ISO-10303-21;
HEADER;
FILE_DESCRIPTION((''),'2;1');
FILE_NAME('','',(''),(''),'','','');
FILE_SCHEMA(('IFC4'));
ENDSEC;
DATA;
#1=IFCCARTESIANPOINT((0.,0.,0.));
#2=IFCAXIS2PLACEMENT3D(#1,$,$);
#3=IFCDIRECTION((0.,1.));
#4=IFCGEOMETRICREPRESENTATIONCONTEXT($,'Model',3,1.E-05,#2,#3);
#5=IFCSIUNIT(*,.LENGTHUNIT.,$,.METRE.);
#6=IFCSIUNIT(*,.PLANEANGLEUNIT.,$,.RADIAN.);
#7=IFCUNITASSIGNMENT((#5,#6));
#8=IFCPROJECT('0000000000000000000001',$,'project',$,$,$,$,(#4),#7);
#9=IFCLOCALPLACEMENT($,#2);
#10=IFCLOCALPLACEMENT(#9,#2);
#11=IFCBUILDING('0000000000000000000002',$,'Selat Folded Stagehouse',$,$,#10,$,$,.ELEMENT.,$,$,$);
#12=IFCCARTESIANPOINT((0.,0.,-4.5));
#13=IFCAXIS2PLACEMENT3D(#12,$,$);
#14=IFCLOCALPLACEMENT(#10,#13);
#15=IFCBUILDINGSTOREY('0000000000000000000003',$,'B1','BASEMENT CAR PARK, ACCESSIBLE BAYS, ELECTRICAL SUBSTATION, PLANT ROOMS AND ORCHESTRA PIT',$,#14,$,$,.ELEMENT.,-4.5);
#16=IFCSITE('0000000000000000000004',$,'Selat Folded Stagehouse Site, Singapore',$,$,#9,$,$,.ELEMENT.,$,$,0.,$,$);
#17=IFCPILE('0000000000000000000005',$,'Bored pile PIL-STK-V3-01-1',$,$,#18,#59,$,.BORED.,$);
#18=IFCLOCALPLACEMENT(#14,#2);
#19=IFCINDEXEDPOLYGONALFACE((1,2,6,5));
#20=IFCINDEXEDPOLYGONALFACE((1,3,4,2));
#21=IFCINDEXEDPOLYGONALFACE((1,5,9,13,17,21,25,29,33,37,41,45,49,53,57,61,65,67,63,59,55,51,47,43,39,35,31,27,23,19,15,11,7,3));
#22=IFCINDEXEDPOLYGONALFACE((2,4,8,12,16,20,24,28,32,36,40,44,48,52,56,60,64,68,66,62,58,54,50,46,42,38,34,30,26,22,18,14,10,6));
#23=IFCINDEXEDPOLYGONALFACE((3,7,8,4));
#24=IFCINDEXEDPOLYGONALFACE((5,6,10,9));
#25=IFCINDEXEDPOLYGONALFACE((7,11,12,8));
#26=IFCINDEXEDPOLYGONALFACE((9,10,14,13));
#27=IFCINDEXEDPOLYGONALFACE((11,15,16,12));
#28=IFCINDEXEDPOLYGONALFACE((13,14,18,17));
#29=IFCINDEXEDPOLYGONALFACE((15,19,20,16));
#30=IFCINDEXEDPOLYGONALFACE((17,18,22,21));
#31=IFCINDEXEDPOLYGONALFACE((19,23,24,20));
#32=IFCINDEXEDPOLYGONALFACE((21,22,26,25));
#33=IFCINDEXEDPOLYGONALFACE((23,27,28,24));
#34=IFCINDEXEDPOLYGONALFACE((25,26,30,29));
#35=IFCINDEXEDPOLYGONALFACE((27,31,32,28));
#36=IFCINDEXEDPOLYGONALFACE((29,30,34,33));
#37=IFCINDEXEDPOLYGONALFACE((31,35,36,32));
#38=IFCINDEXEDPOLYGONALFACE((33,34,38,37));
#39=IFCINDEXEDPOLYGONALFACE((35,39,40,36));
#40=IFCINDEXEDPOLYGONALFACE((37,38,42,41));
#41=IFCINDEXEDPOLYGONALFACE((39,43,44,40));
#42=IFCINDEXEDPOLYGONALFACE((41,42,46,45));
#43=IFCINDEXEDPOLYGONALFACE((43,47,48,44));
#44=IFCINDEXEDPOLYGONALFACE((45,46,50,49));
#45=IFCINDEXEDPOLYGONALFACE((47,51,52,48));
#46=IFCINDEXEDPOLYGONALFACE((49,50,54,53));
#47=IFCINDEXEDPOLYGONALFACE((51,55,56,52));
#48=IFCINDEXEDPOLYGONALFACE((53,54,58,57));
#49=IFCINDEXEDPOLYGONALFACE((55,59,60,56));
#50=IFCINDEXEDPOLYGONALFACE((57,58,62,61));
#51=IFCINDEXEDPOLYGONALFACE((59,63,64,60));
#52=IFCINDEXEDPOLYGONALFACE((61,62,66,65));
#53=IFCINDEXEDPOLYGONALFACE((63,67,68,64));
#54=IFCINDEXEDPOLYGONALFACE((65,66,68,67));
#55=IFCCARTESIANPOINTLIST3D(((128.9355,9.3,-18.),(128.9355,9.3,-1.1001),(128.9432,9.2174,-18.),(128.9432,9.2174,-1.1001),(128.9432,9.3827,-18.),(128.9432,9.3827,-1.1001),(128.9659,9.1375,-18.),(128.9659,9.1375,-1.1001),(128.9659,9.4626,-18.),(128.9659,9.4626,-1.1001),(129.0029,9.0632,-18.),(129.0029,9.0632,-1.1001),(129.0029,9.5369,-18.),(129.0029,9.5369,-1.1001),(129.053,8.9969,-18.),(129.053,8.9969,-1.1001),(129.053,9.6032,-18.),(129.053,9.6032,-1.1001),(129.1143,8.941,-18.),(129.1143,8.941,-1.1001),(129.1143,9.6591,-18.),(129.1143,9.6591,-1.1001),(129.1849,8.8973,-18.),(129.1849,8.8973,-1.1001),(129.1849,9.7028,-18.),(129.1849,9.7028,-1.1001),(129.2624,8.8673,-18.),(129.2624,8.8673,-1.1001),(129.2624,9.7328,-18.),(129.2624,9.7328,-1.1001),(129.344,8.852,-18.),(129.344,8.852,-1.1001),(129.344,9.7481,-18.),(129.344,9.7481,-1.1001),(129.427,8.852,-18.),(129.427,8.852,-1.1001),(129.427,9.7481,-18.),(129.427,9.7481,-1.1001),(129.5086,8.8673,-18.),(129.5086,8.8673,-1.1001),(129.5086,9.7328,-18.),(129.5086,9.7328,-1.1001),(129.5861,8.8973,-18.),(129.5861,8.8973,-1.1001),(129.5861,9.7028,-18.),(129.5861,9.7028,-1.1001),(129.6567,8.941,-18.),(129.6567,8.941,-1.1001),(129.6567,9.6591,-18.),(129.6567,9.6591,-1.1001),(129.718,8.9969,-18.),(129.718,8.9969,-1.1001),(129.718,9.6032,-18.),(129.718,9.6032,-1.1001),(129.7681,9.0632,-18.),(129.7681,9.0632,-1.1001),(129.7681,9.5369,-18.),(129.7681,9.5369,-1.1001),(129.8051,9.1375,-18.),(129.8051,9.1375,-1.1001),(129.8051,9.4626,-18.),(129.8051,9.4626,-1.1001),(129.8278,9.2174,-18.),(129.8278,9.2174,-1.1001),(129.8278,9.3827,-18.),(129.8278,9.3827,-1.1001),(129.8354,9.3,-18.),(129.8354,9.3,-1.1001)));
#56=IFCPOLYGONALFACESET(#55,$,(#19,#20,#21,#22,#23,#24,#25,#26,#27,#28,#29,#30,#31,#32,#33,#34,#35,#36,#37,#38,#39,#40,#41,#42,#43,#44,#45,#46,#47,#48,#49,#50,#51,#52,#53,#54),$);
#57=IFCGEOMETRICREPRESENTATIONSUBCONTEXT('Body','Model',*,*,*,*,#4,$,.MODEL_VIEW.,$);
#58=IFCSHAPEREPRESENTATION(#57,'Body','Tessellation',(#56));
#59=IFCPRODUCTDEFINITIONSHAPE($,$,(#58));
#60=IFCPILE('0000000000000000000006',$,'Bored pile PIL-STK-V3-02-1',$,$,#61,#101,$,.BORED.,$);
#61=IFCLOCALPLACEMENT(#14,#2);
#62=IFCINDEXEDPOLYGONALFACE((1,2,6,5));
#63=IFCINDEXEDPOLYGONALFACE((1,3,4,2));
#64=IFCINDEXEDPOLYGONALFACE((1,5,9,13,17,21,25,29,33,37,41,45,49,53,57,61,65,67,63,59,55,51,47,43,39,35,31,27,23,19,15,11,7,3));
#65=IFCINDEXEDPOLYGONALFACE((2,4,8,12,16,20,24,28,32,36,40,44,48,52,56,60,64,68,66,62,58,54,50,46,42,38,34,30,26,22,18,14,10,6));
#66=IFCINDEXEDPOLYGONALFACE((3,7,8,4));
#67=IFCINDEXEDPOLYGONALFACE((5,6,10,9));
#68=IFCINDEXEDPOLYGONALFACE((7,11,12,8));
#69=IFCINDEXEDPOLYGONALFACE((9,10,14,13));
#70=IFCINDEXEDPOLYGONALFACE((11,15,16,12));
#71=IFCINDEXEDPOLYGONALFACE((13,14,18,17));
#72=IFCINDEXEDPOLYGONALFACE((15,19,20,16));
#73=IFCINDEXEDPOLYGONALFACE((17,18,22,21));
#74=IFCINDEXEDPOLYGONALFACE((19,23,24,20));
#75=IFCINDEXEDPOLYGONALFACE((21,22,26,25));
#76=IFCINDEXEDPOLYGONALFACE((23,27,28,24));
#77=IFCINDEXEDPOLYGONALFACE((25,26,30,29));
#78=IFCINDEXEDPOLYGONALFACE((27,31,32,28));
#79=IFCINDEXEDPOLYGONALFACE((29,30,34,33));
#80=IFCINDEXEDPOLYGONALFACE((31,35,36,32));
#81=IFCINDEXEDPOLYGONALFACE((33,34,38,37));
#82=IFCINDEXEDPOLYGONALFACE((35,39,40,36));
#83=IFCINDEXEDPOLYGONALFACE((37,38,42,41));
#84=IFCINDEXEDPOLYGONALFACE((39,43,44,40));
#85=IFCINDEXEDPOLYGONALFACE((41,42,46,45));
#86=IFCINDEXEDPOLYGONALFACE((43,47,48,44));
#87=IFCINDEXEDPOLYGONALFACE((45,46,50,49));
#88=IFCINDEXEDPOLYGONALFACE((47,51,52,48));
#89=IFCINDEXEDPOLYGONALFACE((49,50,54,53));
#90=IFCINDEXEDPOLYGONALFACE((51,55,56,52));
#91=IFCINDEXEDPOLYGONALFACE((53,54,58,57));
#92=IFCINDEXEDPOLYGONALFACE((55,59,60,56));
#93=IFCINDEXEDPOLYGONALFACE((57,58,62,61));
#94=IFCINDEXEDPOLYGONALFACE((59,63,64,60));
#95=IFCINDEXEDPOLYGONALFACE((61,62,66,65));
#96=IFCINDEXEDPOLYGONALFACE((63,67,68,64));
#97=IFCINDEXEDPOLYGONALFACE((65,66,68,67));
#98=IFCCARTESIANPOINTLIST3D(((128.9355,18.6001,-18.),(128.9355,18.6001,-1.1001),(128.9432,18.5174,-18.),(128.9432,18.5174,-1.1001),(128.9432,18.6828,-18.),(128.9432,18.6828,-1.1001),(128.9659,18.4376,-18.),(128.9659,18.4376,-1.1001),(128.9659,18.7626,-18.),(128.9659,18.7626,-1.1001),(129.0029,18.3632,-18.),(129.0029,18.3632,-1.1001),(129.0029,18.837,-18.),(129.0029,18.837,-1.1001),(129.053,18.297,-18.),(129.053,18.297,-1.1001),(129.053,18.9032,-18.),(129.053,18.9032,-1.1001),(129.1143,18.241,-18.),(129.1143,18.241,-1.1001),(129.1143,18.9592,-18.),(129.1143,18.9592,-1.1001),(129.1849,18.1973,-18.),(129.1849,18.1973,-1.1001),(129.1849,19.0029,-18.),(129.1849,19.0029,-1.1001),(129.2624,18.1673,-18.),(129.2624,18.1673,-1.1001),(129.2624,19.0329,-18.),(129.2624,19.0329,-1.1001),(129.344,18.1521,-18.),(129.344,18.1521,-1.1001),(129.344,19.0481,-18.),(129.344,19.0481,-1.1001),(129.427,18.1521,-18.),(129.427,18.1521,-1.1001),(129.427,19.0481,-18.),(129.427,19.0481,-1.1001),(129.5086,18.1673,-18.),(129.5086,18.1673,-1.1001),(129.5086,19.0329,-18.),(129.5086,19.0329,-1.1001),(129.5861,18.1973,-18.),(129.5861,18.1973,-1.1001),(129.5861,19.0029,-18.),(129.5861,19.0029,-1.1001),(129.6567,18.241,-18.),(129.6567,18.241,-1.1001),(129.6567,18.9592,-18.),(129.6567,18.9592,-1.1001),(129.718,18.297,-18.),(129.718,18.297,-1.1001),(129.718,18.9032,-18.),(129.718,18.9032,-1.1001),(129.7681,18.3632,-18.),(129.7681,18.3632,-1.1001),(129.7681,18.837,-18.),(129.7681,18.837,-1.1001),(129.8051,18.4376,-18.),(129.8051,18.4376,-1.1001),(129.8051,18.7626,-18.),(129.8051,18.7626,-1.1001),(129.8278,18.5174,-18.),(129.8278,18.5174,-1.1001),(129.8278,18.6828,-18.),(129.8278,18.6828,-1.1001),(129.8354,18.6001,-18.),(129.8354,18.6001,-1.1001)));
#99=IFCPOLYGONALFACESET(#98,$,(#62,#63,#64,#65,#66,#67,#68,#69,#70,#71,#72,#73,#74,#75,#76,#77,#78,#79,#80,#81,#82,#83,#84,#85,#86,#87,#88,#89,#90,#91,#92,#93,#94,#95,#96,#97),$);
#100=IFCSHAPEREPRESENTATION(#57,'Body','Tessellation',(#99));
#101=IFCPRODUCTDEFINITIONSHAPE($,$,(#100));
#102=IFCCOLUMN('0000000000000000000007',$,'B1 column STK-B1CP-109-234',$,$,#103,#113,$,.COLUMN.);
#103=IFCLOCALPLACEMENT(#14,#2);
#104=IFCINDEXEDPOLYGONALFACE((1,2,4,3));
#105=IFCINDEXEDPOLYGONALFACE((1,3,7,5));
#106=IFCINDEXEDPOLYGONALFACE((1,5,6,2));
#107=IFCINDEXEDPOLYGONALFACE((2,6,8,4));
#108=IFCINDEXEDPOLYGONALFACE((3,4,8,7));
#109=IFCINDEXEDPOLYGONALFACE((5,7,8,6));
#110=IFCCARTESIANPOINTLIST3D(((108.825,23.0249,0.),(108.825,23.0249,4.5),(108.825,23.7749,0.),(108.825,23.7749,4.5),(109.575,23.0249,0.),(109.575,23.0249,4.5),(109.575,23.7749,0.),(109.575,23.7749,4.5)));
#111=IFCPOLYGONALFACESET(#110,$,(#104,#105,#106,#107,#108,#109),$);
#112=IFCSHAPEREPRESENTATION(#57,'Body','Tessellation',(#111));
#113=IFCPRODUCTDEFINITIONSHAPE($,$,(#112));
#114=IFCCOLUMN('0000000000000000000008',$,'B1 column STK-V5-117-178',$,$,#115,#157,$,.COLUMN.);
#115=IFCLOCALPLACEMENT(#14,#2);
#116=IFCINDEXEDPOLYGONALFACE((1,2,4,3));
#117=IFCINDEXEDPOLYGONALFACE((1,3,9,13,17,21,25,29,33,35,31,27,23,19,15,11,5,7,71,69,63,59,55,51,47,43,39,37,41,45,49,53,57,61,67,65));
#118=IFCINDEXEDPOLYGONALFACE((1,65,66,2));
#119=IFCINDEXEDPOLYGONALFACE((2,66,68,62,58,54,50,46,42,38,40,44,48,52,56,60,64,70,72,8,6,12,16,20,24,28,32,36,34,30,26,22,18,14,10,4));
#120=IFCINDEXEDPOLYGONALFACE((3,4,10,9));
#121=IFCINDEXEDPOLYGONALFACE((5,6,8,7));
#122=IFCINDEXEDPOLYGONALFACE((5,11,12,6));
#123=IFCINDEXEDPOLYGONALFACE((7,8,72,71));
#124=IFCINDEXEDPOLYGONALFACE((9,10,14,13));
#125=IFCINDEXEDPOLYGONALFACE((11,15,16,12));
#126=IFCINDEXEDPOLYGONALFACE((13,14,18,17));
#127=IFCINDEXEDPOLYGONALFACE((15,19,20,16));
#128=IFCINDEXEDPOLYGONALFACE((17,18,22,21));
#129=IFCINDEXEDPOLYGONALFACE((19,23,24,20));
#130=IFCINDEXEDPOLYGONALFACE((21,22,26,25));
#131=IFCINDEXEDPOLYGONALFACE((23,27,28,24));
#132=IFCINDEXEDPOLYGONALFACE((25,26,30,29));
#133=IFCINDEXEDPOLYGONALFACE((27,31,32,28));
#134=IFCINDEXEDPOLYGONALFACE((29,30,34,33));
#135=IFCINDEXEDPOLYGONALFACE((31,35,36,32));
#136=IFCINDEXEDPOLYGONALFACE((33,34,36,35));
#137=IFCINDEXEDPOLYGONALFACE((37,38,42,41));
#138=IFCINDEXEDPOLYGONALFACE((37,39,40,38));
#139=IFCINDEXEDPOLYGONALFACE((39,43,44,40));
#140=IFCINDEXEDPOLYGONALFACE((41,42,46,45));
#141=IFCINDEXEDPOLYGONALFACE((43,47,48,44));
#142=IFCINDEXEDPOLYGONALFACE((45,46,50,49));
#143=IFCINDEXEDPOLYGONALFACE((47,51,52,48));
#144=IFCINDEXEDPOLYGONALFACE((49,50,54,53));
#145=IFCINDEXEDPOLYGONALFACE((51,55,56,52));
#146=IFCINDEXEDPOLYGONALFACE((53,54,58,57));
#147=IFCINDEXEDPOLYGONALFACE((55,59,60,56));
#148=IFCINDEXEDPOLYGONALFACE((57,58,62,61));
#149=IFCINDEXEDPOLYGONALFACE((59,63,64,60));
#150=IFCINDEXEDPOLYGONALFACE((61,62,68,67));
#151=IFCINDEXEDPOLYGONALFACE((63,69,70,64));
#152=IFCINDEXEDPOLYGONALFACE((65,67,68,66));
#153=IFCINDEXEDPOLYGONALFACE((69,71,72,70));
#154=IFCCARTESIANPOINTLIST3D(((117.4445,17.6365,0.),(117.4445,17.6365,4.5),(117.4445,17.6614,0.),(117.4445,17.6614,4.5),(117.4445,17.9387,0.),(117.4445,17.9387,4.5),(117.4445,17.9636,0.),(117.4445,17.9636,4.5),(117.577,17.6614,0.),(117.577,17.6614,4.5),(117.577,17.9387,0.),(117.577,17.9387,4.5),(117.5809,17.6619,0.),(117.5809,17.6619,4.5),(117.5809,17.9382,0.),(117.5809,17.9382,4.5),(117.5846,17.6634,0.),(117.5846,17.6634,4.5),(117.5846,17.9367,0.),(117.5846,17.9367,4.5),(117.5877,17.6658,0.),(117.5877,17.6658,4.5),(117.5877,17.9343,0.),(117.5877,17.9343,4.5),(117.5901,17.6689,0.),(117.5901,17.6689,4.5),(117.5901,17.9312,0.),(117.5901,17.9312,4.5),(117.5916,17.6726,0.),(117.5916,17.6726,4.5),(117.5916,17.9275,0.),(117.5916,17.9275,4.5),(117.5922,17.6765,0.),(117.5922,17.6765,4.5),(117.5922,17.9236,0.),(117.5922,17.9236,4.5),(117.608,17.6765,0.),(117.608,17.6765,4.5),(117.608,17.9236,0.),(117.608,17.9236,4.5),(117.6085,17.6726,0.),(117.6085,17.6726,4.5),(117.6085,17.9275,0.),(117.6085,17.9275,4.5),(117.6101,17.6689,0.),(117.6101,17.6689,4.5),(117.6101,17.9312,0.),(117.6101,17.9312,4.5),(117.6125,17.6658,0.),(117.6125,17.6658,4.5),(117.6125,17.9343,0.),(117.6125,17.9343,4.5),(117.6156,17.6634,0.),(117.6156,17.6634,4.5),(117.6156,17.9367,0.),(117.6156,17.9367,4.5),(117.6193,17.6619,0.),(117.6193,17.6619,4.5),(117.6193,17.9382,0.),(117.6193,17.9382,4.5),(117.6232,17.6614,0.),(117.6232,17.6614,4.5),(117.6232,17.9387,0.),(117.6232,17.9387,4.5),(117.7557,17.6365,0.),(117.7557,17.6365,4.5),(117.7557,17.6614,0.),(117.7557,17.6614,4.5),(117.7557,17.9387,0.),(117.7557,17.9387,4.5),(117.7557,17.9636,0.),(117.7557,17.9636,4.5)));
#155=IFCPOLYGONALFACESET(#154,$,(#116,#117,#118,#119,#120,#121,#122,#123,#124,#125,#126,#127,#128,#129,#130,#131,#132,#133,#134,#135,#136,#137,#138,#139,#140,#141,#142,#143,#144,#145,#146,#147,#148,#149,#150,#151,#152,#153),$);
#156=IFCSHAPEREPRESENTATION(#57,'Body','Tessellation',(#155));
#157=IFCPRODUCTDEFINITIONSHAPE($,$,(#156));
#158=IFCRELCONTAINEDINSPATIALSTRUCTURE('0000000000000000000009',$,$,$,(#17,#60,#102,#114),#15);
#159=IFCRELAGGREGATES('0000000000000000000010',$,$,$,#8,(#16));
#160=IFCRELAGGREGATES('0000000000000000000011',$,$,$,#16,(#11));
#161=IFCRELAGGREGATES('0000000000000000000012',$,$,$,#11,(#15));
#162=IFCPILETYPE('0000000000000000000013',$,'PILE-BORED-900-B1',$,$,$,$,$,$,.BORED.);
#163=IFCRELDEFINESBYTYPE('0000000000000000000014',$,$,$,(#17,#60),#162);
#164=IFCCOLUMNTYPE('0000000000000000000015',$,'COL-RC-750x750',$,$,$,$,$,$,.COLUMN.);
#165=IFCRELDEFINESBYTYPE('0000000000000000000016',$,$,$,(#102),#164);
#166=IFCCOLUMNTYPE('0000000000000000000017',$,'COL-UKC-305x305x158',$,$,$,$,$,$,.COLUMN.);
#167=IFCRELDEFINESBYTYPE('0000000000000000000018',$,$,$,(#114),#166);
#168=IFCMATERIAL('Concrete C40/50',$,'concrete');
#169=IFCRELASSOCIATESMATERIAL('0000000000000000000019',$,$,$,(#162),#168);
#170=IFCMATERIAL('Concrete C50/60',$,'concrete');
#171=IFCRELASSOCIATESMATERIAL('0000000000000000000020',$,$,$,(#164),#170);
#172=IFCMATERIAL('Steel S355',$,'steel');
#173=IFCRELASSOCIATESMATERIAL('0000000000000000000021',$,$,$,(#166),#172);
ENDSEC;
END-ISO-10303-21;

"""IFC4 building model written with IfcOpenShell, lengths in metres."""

from ifc_helpers import new_model, si_unit, direction, frame, origin, origin_2d, place, context, subcontext, project, spatial, rectangle, circle, i_section, extrude, material, material_profile, profile_set, type_object, element, save


model = new_model("IFC4")

# Units and contexts
model_context = context("Model", 3, precision=1e-05, world=origin(), true_north=direction((0.0, 1.0)))
body_context = subcontext(model_context, "Body", "Model", "MODEL_VIEW")
ifc_project = project(units=[si_unit("LENGTHUNIT", "METRE"), si_unit("PLANEANGLEUNIT", "RADIAN")], contexts=[model_context])

# Site, building, storey
site_placement = place(None, origin())
site = spatial("IfcSite", under=ifc_project, at=site_placement, Name="Selat Folded Stagehouse Site, Singapore", CompositionType="ELEMENT", RefElevation=0.0)
building_placement = place(site_placement, origin())
building = spatial("IfcBuilding", under=site, at=building_placement, Name="Selat Folded Stagehouse", CompositionType="ELEMENT")
storey_placement = place(building_placement, frame((0.0, 0.0, -4.5)))
storey = spatial("IfcBuildingStorey", under=building, at=storey_placement, Name="B1", Description="BASEMENT CAR PARK, ACCESSIBLE BAYS, ELECTRICAL SUBSTATION, PLANT ROOMS AND ORCHESTRA PIT", CompositionType="ELEMENT", Elevation=-4.5)

# Shared definitions
ifc_material_1 = material(Name="Concrete C40/50", Category="concrete")

# Piles
ifc_material_profile_1 = material_profile(ifc_material_1, circle(Radius=0.45, at=origin_2d()), Name="PILE D900")
ifc_profile_set_1 = profile_set([ifc_material_profile_1], Name="Concrete C40/50")
pile_type = type_object("IfcPileType", Name="PILE-BORED-900-B1", PredefinedType="BORED", material=ifc_profile_set_1)
for number, where, z_axis, x_axis, name in (
    (1, (129.3855, 9.3, -1.1001), (0.0, 0.0, -1.0), (1.0, 0.0, 0.0), "Bored pile PIL-STK-V3-01-1"),
    (2, (129.3855, 18.6001, -1.1001), (0.0, 0.0, -1.0), (1.0, 0.0, 0.0), "Bored pile PIL-STK-V3-02-1"),
):
    element("IfcPile", number, at=place(storey_placement, frame(where, z_axis=z_axis, x_axis=x_axis)), inside=storey, type_object=pile_type, Name=name, PredefinedType="BORED", context=body_context, shape_type="SweptSolid", body=[
        extrude(circle(Radius=0.45, at=origin_2d()), origin(), (0.0, 0.0, 1.0), 16.8999),
    ])

# Columns
ifc_material_2 = material(Name="Concrete C50/60", Category="concrete")
ifc_material_profile_2 = material_profile(ifc_material_2, rectangle(XDim=0.75, YDim=0.75, at=origin_2d()), Name="RC 750x750")
ifc_profile_set_2 = profile_set([ifc_material_profile_2], Name="Concrete C50/60")
column_type_1 = type_object("IfcColumnType", Name="COL-RC-750x750", PredefinedType="COLUMN", material=ifc_profile_set_2)
column_1_placement = place(storey_placement, frame((109.2, 23.3999, 0.0), z_axis=(0.0, 0.0, 1.0), x_axis=(1.0, 0.0, 0.0)))
element("IfcColumn", 3, at=column_1_placement, inside=storey, type_object=column_type_1, Name="B1 column STK-B1CP-109-234", PredefinedType="COLUMN", context=body_context, shape_type="SweptSolid", body=[
    extrude(rectangle(XDim=0.75, YDim=0.75, at=origin_2d()), origin(), (0.0, 0.0, 1.0), 4.5),
])
ifc_material_3 = material(Name="Steel S355", Category="steel")
ifc_material_profile_3 = material_profile(ifc_material_3, i_section(OverallWidth=0.3113, OverallDepth=0.3271, WebThickness=0.0159, FlangeThickness=0.0249, FilletRadius=0.0151, at=origin_2d()), Name="UKC 305x305x158")
ifc_profile_set_3 = profile_set([ifc_material_profile_3], Name="Steel S355")
column_type_2 = type_object("IfcColumnType", Name="COL-UKC-305x305x158", PredefinedType="COLUMN", material=ifc_profile_set_3)
column_2_placement = place(storey_placement, frame((117.6001, 17.8, 0.0), z_axis=(0.0, 0.0, 1.0), x_axis=(1.0, 0.0, 0.0)))
element("IfcColumn", 4, at=column_2_placement, inside=storey, type_object=column_type_2, Name="B1 column STK-V5-117-178", PredefinedType="COLUMN", context=body_context, shape_type="SweptSolid", body=[
    extrude(i_section(OverallWidth=0.3113, OverallDepth=0.3271, WebThickness=0.0159, FlangeThickness=0.0249, FilletRadius=0.0151, at=origin_2d()), origin(), (0.0, 0.0, 1.0), 4.5),
])

save(model, "model.ifc")
